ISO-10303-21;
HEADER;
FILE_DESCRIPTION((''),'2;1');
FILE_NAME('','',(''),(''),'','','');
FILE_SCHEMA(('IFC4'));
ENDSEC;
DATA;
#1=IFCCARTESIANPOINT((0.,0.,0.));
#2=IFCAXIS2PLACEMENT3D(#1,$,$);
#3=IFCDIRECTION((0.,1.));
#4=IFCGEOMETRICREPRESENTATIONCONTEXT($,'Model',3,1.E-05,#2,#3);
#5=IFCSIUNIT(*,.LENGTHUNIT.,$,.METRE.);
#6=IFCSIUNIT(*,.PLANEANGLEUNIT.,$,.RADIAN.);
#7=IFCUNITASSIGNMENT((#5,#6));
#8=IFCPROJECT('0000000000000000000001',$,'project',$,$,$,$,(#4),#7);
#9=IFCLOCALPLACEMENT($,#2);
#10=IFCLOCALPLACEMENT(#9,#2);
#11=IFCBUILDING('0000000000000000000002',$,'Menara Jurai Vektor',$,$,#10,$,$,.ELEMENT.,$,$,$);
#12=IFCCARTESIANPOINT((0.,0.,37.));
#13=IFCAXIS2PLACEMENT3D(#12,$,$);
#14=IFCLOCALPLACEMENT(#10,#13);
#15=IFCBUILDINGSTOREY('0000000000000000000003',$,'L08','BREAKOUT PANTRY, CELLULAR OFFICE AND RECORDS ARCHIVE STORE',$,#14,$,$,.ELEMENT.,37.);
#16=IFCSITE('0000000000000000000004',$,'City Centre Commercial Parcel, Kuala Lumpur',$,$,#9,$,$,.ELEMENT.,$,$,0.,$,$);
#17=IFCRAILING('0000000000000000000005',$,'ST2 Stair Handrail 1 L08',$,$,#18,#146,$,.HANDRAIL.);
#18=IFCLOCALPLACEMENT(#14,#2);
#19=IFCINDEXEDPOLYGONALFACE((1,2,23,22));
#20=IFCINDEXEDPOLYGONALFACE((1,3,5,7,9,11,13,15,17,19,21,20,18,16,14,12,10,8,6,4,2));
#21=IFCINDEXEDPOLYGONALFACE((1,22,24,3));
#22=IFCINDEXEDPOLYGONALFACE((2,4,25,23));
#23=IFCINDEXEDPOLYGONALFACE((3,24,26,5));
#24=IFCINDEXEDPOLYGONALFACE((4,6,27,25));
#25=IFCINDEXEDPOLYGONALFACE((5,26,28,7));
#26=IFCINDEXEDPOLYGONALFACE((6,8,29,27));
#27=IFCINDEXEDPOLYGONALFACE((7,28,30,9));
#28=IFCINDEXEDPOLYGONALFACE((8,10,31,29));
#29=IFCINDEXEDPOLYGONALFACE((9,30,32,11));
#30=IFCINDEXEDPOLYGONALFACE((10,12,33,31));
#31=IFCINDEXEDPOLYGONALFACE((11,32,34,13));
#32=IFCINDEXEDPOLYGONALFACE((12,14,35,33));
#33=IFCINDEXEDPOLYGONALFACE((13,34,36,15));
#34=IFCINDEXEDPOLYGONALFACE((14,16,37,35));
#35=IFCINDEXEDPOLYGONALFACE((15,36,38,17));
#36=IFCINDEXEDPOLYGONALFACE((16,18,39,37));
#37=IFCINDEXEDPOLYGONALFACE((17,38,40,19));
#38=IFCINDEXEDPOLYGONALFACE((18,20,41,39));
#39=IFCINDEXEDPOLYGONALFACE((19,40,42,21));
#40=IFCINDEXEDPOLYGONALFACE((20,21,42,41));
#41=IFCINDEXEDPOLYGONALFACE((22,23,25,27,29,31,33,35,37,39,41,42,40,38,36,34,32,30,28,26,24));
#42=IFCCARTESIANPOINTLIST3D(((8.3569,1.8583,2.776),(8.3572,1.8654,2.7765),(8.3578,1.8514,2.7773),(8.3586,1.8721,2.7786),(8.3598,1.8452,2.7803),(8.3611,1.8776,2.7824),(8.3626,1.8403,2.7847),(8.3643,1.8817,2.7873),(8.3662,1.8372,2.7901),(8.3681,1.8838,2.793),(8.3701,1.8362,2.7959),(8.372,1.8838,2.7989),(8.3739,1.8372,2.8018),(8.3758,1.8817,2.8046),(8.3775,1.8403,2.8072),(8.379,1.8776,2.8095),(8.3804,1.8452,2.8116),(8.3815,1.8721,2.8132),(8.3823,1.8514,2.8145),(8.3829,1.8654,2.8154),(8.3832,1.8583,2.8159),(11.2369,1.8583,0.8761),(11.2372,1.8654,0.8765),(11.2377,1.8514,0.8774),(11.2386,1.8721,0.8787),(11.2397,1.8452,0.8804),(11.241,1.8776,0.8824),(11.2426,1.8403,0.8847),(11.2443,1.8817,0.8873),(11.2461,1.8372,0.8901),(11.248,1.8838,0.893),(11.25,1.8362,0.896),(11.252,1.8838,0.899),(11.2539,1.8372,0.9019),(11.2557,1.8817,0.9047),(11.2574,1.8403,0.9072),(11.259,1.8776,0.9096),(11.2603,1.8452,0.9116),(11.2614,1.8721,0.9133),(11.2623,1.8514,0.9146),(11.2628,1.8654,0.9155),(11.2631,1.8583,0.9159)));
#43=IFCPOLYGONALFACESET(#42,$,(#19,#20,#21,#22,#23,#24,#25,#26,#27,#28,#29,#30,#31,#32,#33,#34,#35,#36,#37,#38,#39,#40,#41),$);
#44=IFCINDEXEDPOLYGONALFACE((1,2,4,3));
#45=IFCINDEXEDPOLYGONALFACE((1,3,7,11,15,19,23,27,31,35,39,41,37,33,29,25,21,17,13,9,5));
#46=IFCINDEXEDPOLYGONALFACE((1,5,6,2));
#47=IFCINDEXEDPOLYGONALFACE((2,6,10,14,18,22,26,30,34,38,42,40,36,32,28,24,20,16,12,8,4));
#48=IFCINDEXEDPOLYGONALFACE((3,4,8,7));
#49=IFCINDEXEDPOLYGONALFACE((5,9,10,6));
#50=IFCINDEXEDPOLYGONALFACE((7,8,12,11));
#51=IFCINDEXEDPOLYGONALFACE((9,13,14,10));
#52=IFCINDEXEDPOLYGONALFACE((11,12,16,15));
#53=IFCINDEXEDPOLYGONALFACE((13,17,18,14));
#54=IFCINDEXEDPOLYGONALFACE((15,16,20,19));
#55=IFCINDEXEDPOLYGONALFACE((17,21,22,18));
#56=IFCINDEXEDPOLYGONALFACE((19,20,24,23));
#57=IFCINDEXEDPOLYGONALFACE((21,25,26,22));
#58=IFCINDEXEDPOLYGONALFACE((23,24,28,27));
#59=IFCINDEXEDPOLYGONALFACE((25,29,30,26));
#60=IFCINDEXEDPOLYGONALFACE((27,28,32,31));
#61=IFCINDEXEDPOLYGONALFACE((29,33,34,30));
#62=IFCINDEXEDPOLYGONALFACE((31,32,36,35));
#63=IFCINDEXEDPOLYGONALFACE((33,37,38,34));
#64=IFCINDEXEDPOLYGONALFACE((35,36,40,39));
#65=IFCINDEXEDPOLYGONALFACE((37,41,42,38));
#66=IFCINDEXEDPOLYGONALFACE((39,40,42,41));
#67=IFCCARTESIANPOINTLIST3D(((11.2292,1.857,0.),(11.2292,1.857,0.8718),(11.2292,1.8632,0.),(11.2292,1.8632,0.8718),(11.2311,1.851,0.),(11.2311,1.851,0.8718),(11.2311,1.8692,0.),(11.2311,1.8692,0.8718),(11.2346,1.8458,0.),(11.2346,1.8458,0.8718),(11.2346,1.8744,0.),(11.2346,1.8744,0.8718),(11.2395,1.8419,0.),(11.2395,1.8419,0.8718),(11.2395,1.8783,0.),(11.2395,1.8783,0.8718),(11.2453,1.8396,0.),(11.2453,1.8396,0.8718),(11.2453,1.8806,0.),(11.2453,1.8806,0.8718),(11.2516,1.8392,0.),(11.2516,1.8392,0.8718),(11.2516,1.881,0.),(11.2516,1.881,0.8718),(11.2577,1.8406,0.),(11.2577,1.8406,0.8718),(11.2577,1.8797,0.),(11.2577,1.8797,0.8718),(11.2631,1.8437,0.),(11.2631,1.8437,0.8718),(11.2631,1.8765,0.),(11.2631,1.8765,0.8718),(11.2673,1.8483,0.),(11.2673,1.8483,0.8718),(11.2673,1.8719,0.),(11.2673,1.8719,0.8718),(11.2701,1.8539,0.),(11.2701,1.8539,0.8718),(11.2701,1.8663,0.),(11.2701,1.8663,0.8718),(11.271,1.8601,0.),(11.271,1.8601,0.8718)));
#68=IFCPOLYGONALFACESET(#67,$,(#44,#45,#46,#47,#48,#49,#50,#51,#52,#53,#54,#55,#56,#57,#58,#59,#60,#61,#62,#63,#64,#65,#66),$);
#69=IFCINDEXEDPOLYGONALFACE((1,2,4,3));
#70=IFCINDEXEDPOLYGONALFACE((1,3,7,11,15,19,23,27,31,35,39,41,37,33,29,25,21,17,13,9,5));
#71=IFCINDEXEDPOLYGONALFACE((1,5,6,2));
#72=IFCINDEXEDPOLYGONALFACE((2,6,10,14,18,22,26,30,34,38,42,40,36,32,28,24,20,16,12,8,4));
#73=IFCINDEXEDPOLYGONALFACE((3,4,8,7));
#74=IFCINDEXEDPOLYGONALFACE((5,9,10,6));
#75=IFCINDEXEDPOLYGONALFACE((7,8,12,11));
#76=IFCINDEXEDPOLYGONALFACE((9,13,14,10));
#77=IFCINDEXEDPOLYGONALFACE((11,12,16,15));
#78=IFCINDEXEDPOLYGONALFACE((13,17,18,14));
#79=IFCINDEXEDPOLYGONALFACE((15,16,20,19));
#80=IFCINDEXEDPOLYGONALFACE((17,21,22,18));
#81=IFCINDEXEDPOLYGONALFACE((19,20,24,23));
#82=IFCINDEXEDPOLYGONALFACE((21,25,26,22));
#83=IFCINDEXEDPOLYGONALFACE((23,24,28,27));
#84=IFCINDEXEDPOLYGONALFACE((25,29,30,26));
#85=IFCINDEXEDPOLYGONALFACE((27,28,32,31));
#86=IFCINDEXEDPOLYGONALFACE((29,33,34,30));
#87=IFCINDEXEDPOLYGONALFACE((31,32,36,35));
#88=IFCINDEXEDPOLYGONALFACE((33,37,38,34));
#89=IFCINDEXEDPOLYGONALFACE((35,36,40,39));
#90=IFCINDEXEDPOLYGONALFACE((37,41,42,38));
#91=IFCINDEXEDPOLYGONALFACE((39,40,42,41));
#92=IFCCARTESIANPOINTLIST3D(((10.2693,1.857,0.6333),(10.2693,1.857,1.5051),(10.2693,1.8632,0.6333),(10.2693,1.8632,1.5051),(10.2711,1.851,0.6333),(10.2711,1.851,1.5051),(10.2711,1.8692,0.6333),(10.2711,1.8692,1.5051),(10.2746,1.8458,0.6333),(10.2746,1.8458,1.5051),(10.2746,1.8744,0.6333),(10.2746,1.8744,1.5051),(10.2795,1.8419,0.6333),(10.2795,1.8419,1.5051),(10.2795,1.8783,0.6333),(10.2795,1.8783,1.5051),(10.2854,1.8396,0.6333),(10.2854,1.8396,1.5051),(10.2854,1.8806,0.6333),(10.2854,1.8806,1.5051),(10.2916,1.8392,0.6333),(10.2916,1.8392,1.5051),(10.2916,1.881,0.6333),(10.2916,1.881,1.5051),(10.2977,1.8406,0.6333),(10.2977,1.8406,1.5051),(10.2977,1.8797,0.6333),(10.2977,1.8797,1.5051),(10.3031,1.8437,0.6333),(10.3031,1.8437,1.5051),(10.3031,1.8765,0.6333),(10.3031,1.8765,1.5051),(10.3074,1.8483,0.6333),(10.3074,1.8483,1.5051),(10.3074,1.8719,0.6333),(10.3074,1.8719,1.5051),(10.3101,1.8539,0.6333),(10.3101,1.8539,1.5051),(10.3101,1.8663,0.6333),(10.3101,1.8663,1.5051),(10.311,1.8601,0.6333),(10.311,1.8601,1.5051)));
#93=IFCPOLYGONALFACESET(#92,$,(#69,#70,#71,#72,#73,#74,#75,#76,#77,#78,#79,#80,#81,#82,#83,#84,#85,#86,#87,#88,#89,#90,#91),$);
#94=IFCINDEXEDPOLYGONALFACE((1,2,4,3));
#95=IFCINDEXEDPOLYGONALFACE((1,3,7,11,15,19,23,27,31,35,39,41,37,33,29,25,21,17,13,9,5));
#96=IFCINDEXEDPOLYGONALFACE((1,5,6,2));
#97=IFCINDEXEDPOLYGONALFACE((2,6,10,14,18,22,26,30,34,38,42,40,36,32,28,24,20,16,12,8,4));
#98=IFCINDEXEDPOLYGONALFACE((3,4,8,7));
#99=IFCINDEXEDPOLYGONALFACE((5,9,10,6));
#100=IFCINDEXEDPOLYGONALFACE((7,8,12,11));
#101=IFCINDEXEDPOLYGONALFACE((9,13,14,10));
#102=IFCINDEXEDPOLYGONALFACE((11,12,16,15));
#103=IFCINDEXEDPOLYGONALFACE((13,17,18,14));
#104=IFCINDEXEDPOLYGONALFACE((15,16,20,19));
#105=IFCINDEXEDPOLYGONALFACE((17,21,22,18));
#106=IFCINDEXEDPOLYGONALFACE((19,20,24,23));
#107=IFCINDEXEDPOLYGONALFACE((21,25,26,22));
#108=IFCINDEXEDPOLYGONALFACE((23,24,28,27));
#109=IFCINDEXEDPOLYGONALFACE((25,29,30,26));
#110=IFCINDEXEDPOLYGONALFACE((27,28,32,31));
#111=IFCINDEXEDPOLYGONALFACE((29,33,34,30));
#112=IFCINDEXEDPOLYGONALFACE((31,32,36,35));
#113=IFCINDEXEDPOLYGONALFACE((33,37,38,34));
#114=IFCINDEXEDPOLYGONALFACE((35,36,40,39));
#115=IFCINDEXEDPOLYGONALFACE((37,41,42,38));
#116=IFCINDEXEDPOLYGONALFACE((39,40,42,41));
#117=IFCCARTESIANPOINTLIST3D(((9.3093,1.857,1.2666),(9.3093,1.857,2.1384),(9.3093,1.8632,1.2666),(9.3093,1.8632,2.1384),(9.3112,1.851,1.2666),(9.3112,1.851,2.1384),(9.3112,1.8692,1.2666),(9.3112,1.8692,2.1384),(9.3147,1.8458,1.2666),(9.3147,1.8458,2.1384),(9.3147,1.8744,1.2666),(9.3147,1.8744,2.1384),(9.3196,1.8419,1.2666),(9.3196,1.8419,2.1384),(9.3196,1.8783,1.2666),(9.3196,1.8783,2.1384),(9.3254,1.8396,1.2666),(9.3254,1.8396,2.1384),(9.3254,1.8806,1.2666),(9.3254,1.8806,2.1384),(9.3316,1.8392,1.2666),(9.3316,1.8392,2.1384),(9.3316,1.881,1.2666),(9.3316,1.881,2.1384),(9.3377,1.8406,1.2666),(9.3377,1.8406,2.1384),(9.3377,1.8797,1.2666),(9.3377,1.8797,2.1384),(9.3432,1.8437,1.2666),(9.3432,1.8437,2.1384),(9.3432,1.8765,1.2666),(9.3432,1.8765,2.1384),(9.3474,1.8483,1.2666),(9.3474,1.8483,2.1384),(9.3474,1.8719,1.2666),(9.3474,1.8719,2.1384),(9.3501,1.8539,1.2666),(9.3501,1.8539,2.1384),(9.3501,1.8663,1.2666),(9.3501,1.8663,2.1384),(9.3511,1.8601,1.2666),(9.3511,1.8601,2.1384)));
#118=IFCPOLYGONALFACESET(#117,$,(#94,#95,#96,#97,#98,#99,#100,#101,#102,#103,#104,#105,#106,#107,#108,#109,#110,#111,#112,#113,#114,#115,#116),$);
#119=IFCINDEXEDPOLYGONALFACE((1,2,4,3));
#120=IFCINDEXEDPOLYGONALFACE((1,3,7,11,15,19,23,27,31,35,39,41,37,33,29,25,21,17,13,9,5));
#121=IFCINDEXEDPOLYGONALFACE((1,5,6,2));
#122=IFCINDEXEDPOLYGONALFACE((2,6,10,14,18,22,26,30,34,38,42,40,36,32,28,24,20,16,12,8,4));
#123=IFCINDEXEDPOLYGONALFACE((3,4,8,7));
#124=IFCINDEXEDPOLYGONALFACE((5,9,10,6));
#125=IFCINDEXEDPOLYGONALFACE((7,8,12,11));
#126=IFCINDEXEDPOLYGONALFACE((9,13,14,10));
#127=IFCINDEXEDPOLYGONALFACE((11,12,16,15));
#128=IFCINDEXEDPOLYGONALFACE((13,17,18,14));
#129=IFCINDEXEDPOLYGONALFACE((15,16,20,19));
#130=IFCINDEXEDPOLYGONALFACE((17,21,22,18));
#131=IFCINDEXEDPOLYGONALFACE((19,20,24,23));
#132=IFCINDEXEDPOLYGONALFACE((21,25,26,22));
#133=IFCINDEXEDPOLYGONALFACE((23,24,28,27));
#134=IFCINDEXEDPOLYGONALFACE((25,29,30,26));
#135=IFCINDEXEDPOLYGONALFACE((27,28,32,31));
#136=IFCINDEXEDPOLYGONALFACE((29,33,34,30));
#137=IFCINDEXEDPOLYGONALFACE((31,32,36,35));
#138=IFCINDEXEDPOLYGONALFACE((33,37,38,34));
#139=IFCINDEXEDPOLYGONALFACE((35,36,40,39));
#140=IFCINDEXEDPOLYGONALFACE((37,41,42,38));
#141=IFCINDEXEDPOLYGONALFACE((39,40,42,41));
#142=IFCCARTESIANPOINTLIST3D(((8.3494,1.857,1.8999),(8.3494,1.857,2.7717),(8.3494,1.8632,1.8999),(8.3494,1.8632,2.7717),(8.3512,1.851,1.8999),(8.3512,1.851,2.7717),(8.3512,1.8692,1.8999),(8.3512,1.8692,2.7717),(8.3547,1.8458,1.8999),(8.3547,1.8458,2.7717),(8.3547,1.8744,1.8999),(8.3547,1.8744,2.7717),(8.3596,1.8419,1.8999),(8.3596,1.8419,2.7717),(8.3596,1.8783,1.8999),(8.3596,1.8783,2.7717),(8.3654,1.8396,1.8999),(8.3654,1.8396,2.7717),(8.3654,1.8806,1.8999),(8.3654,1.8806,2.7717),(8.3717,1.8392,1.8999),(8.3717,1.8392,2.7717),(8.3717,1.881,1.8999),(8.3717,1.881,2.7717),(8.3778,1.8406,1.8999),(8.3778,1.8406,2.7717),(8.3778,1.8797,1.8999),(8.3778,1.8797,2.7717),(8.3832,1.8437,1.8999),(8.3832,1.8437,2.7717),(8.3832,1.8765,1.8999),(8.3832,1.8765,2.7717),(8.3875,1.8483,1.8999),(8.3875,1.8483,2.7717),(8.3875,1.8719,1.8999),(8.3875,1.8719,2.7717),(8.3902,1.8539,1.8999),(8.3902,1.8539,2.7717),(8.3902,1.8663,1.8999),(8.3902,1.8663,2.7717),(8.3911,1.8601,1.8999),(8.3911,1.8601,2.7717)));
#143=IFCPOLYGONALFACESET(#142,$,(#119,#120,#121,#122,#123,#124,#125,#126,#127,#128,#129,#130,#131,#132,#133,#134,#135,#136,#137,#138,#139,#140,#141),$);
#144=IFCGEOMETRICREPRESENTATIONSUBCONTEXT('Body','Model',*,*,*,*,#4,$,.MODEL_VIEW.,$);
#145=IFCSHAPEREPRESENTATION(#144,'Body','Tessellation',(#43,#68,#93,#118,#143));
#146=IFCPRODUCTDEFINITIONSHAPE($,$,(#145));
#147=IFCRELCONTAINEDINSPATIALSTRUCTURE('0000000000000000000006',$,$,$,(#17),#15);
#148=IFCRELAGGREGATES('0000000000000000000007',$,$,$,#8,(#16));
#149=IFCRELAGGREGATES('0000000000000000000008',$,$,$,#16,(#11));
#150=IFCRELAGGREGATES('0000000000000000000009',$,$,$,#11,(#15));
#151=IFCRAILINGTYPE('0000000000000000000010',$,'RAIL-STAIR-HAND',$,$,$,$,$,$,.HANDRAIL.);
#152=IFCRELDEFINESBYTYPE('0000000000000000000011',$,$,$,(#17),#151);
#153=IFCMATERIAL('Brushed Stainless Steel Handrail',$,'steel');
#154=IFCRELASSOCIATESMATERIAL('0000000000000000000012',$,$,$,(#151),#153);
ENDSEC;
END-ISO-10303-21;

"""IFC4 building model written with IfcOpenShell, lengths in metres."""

from ifc_helpers import new_model, si_unit, direction, frame, origin, origin_2d, place, context, subcontext, project, spatial, circle, extrude, material, type_object, element, save


model = new_model("IFC4")

# Units and contexts
model_context = context("Model", 3, precision=1e-05, world=origin(), true_north=direction((0.0, 1.0)))
body_context = subcontext(model_context, "Body", "Model", "MODEL_VIEW")
ifc_project = project(units=[si_unit("LENGTHUNIT", "METRE"), si_unit("PLANEANGLEUNIT", "RADIAN")], contexts=[model_context])

# Site, building, storey
site_placement = place(None, origin())
site = spatial("IfcSite", under=ifc_project, at=site_placement, Name="City Centre Commercial Parcel, Kuala Lumpur", CompositionType="ELEMENT", RefElevation=0.0)
building_placement = place(site_placement, origin())
building = spatial("IfcBuilding", under=site, at=building_placement, Name="Menara Jurai Vektor", CompositionType="ELEMENT")
storey_placement = place(building_placement, frame((0.0, 0.0, 37.0)))
storey = spatial("IfcBuildingStorey", under=building, at=storey_placement, Name="L08", Description="BREAKOUT PANTRY, CELLULAR OFFICE AND RECORDS ARCHIVE STORE", CompositionType="ELEMENT", Elevation=37.0)

# Railing
ifc_material_1 = material(Name="Brushed Stainless Steel Handrail", Category="steel")
railing_type_1 = type_object("IfcRailingType", Name="RAIL-STAIR-HAND", PredefinedType="HANDRAIL", material=ifc_material_1)
railing_1_placement = place(storey_placement, frame((11.25, 1.8601, 0.0)))
element("IfcRailing", 1, at=railing_1_placement, inside=storey, type_object=railing_type_1, Name="ST2 Stair Handrail 1 L08", PredefinedType="HANDRAIL", context=body_context, shape_type="SweptSolid", body=[
    extrude(circle(Radius=0.0239, at=origin_2d()), frame((0.0, 0.0, 0.896), z_axis=(-0.834719, 0.0, 0.550677), x_axis=(0.0, -1.0, 0.0)), (0.0, 0.0, 1.0), 3.4502),
    extrude(circle(Radius=0.021, at=origin_2d()), origin(), (0.0, 0.0, 1.0), 0.8718),
    extrude(circle(Radius=0.021, at=origin_2d()), frame((-0.96, 0.0, 0.6333)), (0.0, 0.0, 1.0), 0.8718),
    extrude(circle(Radius=0.021, at=origin_2d()), frame((-1.9199, 0.0, 1.2666)), (0.0, 0.0, 1.0), 0.8718),
    extrude(circle(Radius=0.021, at=origin_2d()), frame((-2.8799, 0.0, 1.8999)), (0.0, 0.0, 1.0), 0.8718),
])

save(model, "model.ifc")
